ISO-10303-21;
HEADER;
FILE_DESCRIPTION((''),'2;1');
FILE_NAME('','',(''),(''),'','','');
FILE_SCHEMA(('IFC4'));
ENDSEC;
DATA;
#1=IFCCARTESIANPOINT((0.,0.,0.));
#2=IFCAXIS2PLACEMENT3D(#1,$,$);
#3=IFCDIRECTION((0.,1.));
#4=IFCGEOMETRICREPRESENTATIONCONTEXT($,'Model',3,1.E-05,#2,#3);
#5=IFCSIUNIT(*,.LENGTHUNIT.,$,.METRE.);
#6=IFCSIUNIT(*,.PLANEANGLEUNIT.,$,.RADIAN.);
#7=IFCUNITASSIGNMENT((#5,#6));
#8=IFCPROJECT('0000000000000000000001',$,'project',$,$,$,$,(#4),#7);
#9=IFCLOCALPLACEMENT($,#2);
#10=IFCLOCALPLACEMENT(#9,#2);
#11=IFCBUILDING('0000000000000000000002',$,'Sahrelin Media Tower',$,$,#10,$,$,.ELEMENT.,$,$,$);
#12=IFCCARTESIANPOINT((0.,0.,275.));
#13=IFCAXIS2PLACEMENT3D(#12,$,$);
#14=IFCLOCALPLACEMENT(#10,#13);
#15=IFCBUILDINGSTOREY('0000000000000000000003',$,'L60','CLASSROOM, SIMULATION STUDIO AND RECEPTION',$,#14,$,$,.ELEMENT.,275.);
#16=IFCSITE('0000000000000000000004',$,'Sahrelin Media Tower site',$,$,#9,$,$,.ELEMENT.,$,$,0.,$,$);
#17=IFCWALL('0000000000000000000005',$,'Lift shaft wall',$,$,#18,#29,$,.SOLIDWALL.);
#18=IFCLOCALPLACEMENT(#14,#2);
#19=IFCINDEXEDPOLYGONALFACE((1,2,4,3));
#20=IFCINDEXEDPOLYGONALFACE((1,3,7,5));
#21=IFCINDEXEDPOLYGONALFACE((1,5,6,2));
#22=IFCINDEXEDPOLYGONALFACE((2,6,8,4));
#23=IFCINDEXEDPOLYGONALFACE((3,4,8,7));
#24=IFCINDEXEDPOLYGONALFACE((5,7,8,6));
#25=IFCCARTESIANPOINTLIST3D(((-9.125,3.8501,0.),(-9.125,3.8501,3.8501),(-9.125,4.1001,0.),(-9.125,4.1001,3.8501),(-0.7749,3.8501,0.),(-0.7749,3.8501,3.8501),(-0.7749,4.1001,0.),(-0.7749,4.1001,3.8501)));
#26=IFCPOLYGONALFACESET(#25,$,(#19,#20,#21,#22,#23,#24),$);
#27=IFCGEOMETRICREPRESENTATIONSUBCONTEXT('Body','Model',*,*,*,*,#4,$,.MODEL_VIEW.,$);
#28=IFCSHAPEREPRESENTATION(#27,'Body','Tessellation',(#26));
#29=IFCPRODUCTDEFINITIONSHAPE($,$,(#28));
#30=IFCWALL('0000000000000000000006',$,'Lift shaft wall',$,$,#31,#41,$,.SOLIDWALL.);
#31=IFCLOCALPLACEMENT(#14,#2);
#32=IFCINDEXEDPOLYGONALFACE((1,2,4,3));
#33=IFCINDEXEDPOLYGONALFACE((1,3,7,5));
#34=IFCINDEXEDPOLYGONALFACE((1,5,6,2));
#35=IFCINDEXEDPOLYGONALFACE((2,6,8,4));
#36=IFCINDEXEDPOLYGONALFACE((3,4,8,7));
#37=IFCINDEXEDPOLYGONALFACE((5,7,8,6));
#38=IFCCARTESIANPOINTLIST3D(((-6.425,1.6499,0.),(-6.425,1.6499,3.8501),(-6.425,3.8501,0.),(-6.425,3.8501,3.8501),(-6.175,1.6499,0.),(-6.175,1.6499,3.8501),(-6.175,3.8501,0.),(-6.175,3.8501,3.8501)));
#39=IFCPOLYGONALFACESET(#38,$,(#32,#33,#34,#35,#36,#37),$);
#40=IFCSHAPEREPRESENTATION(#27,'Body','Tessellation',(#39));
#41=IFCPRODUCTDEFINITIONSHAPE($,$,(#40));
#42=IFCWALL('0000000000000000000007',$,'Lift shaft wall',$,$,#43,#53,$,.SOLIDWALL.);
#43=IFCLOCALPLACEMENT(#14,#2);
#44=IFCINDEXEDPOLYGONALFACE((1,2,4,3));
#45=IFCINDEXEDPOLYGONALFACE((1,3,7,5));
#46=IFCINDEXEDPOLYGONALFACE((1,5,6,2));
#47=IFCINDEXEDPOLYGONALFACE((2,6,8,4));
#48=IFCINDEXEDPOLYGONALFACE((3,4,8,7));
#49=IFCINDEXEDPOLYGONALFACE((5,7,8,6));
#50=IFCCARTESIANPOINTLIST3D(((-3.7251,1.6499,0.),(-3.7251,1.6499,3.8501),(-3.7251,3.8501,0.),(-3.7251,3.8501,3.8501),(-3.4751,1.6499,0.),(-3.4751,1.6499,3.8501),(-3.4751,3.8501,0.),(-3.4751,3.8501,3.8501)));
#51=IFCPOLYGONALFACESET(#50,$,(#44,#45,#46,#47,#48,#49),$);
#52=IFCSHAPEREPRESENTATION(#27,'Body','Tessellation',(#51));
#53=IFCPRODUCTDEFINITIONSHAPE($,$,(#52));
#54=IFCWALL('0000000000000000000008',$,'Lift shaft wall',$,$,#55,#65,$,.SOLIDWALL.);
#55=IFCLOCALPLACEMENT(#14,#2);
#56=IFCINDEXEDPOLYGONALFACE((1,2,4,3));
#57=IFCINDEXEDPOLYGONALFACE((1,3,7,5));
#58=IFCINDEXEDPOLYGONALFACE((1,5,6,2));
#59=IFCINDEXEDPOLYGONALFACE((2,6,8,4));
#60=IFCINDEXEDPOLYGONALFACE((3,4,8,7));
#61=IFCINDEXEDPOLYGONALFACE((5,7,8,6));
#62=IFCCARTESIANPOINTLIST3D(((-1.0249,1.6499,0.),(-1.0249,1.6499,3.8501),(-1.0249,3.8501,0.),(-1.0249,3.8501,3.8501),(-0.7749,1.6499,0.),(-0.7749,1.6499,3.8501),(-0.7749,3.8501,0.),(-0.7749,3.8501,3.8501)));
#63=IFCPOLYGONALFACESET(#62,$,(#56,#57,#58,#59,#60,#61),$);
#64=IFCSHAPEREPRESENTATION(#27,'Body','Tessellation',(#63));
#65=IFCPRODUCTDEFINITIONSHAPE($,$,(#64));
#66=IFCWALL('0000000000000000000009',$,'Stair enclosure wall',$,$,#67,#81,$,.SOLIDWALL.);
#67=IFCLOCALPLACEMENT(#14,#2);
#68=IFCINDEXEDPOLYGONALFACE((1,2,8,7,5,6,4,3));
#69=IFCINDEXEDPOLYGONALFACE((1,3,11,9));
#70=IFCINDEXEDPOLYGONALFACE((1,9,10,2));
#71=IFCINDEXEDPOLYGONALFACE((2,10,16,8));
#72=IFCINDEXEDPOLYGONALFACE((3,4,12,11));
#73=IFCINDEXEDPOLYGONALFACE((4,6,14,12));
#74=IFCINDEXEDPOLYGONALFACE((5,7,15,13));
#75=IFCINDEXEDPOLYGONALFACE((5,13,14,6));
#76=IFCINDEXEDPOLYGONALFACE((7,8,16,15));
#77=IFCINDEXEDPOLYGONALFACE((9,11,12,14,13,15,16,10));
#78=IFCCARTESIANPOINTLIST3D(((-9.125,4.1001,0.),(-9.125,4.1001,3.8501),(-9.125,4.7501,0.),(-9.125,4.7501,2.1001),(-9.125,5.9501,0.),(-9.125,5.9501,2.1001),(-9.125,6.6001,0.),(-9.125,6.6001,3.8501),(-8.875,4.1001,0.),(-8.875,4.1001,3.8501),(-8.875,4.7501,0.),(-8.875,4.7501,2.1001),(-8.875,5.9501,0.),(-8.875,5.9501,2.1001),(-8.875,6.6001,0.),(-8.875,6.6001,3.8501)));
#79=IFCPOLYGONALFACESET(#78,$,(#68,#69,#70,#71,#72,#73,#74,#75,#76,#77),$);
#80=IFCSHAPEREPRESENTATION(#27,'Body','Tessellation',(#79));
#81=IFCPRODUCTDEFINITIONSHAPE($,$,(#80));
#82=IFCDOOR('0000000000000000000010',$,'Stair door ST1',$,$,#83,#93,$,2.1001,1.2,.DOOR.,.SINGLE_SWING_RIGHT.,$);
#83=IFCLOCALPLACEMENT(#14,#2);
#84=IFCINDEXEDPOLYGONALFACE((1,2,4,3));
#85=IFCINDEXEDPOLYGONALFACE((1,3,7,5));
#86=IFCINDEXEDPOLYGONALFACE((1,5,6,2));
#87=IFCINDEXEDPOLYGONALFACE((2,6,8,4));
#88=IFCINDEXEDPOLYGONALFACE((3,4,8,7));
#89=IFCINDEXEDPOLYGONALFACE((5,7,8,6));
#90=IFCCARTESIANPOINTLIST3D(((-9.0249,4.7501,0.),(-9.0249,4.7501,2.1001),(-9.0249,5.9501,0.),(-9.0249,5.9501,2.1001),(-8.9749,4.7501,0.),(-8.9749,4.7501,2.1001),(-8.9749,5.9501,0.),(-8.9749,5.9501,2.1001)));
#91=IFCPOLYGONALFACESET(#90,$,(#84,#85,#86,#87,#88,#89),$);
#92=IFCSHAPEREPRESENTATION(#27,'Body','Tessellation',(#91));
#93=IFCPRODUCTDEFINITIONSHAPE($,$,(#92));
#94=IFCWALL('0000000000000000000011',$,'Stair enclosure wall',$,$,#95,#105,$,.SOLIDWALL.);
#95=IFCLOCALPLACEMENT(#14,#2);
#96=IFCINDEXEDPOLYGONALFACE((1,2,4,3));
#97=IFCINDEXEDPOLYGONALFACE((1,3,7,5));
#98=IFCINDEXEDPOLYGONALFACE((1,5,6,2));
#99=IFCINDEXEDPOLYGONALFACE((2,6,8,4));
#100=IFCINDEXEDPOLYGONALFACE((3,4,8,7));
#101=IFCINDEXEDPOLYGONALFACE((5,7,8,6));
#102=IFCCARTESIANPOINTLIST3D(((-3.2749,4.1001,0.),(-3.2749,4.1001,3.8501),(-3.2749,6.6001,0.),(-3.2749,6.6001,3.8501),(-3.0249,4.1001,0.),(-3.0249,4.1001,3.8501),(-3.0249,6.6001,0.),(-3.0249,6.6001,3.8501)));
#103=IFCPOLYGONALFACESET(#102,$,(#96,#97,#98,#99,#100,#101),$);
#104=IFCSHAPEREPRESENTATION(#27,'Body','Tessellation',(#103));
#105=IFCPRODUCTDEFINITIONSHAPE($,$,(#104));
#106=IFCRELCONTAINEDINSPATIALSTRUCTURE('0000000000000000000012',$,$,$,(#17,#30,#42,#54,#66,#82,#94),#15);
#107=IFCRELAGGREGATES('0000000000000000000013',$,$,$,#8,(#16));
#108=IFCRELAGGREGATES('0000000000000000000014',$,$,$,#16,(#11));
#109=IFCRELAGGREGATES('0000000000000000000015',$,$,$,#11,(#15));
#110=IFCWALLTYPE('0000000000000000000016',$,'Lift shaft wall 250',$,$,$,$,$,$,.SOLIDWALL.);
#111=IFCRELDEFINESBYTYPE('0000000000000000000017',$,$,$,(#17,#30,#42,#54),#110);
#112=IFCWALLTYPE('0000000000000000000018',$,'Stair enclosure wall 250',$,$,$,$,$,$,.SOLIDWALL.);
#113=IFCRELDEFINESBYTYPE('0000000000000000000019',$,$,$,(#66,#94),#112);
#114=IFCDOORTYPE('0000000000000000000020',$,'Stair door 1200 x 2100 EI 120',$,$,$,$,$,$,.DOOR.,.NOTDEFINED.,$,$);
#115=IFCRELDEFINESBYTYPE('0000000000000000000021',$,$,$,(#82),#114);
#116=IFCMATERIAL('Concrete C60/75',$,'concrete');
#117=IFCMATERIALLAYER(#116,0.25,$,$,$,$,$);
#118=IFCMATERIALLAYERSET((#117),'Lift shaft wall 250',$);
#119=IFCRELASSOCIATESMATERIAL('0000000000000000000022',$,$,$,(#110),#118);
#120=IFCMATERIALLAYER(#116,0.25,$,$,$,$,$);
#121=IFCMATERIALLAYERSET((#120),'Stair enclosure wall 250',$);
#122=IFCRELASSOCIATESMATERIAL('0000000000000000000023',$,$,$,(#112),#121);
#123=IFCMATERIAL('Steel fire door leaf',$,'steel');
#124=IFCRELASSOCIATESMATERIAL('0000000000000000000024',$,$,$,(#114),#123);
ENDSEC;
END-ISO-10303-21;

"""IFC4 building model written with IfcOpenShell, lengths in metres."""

from ifc_helpers import new_model, si_unit, direction, frame, frame_2d, origin, place, context, subcontext, project, spatial, rectangle, extrude, material, layer, layer_set, type_object, element, fill, save


model = new_model("IFC4")

# Units and contexts
model_context = context("Model", 3, precision=1e-05, world=origin(), true_north=direction((0.0, 1.0)))
body_context = subcontext(model_context, "Body", "Model", "MODEL_VIEW")
ifc_project = project(units=[si_unit("LENGTHUNIT", "METRE"), si_unit("PLANEANGLEUNIT", "RADIAN")], contexts=[model_context])

# Site, building, storey
site_placement = place(None, origin())
site = spatial("IfcSite", under=ifc_project, at=site_placement, Name="Sahrelin Media Tower site", CompositionType="ELEMENT", RefElevation=0.0)
building_placement = place(site_placement, origin())
building = spatial("IfcBuilding", under=site, at=building_placement, Name="Sahrelin Media Tower", CompositionType="ELEMENT")
storey_placement = place(building_placement, frame((0.0, 0.0, 275.0)))
storey = spatial("IfcBuildingStorey", under=building, at=storey_placement, Name="L60", Description="CLASSROOM, SIMULATION STUDIO AND RECEPTION", CompositionType="ELEMENT", Elevation=275.0)

# Shared definitions
ifc_material_1 = material(Name="Concrete C60/75", Category="concrete")

# Shared definitions
ifc_material_2 = material(Name="Steel fire door leaf", Category="steel")

# Walls
ifc_layer_1 = layer(ifc_material_1, 0.25)
ifc_layer_set_1 = layer_set([ifc_layer_1], Name="Lift shaft wall 250")
wall_type_1 = type_object("IfcWallType", Name="Lift shaft wall 250", PredefinedType="SOLIDWALL", material=ifc_layer_set_1)
wall_1_placement = place(storey_placement, frame((-9.125, 3.9751, 0.0), z_axis=(0.0, 0.0, 1.0), x_axis=(1.0, 0.0, 0.0)))
element("IfcWall", 1, at=wall_1_placement, inside=storey, type_object=wall_type_1, Name="Lift shaft wall", PredefinedType="SOLIDWALL", context=body_context, shape_type="SweptSolid", body=[
    extrude(rectangle(XDim=8.3501, YDim=0.25, at=frame_2d((4.175, 0.0))), origin(), (0.0, 0.0, 1.0), 3.8501),
])
for number, where, z_axis, x_axis, name in (
    (2, (-6.3, 1.6499, 0.0), (0.0, 0.0, 1.0), (0.0, 1.0, 0.0), "Lift shaft wall"),
    (3, (-3.6001, 1.6499, 0.0), (0.0, 0.0, 1.0), (0.0, 1.0, 0.0), "Lift shaft wall"),
    (4, (-0.8999, 1.6499, 0.0), (0.0, 0.0, 1.0), (0.0, 1.0, 0.0), "Lift shaft wall"),
):
    element("IfcWall", number, at=place(storey_placement, frame(where, z_axis=z_axis, x_axis=x_axis)), inside=storey, type_object=wall_type_1, Name=name, PredefinedType="SOLIDWALL", context=body_context, shape_type="SweptSolid", body=[
        extrude(rectangle(XDim=2.2002, YDim=0.25, at=frame_2d((1.1001, 0.0))), origin(), (0.0, 0.0, 1.0), 3.8501),
    ])

# Wall, opening, door
ifc_layer_2 = layer(ifc_material_1, 0.25)
ifc_layer_set_2 = layer_set([ifc_layer_2], Name="Stair enclosure wall 250")
wall_type_2 = type_object("IfcWallType", Name="Stair enclosure wall 250", PredefinedType="SOLIDWALL", material=ifc_layer_set_2)
wall_2_placement = place(storey_placement, frame((-9.0, 4.1001, 0.0), z_axis=(0.0, 0.0, 1.0), x_axis=(0.0, 1.0, 0.0)))
wall_2 = element("IfcWall", 5, at=wall_2_placement, inside=storey, type_object=wall_type_2, Name="Stair enclosure wall", PredefinedType="SOLIDWALL", context=body_context, shape_type="SweptSolid", body=[
    extrude(rectangle(XDim=2.5, YDim=0.25, at=frame_2d((1.25, 0.0))), origin(), (0.0, 0.0, 1.0), 3.8501),
])
opening_1_placement = place(wall_2_placement, frame((0.6499, 0.0, 0.0)))
opening_1 = element("IfcOpeningElement", 6, at=opening_1_placement, cuts=wall_2, PredefinedType="OPENING", context=body_context, shape_type="SweptSolid", body=[
    extrude(rectangle(XDim=1.2, YDim=2.1001, at=frame_2d((0.6001, 1.05))), frame((0.0, 0.125, 0.0), z_axis=(0.0, -1.0, 0.0), x_axis=(1.0, 0.0, 0.0)), (0.0, 0.0, 1.0), 0.25),
])
door_type_1 = type_object("IfcDoorType", Name="Stair door 1200 x 2100 EI 120", OperationType="NOTDEFINED", PredefinedType="DOOR", material=ifc_material_2)
door_1_placement = place(opening_1_placement, origin())
door_1 = element("IfcDoor", 7, at=door_1_placement, inside=storey, type_object=door_type_1, Name="Stair door ST1", OperationType="SINGLE_SWING_RIGHT", OverallHeight=2.1001, OverallWidth=1.2, PredefinedType="DOOR", context=body_context, shape_type="SweptSolid", body=[
    extrude(rectangle(XDim=1.2, YDim=2.1001, at=frame_2d((0.6001, 1.05))), frame((0.0, 0.0249, 0.0), z_axis=(0.0, -1.0, 0.0), x_axis=(1.0, 0.0, 0.0)), (0.0, 0.0, 1.0), 0.05),
])
fill(opening_1, door_1)

# Wall
wall_3_placement = place(storey_placement, frame((-3.1499, 4.1001, 0.0), z_axis=(0.0, 0.0, 1.0), x_axis=(0.0, 1.0, 0.0)))
element("IfcWall", 8, at=wall_3_placement, inside=storey, type_object=wall_type_2, Name="Stair enclosure wall", PredefinedType="SOLIDWALL", context=body_context, shape_type="SweptSolid", body=[
    extrude(rectangle(XDim=2.5, YDim=0.25, at=frame_2d((1.25, 0.0))), origin(), (0.0, 0.0, 1.0), 3.8501),
])

save(model, "model.ifc")
